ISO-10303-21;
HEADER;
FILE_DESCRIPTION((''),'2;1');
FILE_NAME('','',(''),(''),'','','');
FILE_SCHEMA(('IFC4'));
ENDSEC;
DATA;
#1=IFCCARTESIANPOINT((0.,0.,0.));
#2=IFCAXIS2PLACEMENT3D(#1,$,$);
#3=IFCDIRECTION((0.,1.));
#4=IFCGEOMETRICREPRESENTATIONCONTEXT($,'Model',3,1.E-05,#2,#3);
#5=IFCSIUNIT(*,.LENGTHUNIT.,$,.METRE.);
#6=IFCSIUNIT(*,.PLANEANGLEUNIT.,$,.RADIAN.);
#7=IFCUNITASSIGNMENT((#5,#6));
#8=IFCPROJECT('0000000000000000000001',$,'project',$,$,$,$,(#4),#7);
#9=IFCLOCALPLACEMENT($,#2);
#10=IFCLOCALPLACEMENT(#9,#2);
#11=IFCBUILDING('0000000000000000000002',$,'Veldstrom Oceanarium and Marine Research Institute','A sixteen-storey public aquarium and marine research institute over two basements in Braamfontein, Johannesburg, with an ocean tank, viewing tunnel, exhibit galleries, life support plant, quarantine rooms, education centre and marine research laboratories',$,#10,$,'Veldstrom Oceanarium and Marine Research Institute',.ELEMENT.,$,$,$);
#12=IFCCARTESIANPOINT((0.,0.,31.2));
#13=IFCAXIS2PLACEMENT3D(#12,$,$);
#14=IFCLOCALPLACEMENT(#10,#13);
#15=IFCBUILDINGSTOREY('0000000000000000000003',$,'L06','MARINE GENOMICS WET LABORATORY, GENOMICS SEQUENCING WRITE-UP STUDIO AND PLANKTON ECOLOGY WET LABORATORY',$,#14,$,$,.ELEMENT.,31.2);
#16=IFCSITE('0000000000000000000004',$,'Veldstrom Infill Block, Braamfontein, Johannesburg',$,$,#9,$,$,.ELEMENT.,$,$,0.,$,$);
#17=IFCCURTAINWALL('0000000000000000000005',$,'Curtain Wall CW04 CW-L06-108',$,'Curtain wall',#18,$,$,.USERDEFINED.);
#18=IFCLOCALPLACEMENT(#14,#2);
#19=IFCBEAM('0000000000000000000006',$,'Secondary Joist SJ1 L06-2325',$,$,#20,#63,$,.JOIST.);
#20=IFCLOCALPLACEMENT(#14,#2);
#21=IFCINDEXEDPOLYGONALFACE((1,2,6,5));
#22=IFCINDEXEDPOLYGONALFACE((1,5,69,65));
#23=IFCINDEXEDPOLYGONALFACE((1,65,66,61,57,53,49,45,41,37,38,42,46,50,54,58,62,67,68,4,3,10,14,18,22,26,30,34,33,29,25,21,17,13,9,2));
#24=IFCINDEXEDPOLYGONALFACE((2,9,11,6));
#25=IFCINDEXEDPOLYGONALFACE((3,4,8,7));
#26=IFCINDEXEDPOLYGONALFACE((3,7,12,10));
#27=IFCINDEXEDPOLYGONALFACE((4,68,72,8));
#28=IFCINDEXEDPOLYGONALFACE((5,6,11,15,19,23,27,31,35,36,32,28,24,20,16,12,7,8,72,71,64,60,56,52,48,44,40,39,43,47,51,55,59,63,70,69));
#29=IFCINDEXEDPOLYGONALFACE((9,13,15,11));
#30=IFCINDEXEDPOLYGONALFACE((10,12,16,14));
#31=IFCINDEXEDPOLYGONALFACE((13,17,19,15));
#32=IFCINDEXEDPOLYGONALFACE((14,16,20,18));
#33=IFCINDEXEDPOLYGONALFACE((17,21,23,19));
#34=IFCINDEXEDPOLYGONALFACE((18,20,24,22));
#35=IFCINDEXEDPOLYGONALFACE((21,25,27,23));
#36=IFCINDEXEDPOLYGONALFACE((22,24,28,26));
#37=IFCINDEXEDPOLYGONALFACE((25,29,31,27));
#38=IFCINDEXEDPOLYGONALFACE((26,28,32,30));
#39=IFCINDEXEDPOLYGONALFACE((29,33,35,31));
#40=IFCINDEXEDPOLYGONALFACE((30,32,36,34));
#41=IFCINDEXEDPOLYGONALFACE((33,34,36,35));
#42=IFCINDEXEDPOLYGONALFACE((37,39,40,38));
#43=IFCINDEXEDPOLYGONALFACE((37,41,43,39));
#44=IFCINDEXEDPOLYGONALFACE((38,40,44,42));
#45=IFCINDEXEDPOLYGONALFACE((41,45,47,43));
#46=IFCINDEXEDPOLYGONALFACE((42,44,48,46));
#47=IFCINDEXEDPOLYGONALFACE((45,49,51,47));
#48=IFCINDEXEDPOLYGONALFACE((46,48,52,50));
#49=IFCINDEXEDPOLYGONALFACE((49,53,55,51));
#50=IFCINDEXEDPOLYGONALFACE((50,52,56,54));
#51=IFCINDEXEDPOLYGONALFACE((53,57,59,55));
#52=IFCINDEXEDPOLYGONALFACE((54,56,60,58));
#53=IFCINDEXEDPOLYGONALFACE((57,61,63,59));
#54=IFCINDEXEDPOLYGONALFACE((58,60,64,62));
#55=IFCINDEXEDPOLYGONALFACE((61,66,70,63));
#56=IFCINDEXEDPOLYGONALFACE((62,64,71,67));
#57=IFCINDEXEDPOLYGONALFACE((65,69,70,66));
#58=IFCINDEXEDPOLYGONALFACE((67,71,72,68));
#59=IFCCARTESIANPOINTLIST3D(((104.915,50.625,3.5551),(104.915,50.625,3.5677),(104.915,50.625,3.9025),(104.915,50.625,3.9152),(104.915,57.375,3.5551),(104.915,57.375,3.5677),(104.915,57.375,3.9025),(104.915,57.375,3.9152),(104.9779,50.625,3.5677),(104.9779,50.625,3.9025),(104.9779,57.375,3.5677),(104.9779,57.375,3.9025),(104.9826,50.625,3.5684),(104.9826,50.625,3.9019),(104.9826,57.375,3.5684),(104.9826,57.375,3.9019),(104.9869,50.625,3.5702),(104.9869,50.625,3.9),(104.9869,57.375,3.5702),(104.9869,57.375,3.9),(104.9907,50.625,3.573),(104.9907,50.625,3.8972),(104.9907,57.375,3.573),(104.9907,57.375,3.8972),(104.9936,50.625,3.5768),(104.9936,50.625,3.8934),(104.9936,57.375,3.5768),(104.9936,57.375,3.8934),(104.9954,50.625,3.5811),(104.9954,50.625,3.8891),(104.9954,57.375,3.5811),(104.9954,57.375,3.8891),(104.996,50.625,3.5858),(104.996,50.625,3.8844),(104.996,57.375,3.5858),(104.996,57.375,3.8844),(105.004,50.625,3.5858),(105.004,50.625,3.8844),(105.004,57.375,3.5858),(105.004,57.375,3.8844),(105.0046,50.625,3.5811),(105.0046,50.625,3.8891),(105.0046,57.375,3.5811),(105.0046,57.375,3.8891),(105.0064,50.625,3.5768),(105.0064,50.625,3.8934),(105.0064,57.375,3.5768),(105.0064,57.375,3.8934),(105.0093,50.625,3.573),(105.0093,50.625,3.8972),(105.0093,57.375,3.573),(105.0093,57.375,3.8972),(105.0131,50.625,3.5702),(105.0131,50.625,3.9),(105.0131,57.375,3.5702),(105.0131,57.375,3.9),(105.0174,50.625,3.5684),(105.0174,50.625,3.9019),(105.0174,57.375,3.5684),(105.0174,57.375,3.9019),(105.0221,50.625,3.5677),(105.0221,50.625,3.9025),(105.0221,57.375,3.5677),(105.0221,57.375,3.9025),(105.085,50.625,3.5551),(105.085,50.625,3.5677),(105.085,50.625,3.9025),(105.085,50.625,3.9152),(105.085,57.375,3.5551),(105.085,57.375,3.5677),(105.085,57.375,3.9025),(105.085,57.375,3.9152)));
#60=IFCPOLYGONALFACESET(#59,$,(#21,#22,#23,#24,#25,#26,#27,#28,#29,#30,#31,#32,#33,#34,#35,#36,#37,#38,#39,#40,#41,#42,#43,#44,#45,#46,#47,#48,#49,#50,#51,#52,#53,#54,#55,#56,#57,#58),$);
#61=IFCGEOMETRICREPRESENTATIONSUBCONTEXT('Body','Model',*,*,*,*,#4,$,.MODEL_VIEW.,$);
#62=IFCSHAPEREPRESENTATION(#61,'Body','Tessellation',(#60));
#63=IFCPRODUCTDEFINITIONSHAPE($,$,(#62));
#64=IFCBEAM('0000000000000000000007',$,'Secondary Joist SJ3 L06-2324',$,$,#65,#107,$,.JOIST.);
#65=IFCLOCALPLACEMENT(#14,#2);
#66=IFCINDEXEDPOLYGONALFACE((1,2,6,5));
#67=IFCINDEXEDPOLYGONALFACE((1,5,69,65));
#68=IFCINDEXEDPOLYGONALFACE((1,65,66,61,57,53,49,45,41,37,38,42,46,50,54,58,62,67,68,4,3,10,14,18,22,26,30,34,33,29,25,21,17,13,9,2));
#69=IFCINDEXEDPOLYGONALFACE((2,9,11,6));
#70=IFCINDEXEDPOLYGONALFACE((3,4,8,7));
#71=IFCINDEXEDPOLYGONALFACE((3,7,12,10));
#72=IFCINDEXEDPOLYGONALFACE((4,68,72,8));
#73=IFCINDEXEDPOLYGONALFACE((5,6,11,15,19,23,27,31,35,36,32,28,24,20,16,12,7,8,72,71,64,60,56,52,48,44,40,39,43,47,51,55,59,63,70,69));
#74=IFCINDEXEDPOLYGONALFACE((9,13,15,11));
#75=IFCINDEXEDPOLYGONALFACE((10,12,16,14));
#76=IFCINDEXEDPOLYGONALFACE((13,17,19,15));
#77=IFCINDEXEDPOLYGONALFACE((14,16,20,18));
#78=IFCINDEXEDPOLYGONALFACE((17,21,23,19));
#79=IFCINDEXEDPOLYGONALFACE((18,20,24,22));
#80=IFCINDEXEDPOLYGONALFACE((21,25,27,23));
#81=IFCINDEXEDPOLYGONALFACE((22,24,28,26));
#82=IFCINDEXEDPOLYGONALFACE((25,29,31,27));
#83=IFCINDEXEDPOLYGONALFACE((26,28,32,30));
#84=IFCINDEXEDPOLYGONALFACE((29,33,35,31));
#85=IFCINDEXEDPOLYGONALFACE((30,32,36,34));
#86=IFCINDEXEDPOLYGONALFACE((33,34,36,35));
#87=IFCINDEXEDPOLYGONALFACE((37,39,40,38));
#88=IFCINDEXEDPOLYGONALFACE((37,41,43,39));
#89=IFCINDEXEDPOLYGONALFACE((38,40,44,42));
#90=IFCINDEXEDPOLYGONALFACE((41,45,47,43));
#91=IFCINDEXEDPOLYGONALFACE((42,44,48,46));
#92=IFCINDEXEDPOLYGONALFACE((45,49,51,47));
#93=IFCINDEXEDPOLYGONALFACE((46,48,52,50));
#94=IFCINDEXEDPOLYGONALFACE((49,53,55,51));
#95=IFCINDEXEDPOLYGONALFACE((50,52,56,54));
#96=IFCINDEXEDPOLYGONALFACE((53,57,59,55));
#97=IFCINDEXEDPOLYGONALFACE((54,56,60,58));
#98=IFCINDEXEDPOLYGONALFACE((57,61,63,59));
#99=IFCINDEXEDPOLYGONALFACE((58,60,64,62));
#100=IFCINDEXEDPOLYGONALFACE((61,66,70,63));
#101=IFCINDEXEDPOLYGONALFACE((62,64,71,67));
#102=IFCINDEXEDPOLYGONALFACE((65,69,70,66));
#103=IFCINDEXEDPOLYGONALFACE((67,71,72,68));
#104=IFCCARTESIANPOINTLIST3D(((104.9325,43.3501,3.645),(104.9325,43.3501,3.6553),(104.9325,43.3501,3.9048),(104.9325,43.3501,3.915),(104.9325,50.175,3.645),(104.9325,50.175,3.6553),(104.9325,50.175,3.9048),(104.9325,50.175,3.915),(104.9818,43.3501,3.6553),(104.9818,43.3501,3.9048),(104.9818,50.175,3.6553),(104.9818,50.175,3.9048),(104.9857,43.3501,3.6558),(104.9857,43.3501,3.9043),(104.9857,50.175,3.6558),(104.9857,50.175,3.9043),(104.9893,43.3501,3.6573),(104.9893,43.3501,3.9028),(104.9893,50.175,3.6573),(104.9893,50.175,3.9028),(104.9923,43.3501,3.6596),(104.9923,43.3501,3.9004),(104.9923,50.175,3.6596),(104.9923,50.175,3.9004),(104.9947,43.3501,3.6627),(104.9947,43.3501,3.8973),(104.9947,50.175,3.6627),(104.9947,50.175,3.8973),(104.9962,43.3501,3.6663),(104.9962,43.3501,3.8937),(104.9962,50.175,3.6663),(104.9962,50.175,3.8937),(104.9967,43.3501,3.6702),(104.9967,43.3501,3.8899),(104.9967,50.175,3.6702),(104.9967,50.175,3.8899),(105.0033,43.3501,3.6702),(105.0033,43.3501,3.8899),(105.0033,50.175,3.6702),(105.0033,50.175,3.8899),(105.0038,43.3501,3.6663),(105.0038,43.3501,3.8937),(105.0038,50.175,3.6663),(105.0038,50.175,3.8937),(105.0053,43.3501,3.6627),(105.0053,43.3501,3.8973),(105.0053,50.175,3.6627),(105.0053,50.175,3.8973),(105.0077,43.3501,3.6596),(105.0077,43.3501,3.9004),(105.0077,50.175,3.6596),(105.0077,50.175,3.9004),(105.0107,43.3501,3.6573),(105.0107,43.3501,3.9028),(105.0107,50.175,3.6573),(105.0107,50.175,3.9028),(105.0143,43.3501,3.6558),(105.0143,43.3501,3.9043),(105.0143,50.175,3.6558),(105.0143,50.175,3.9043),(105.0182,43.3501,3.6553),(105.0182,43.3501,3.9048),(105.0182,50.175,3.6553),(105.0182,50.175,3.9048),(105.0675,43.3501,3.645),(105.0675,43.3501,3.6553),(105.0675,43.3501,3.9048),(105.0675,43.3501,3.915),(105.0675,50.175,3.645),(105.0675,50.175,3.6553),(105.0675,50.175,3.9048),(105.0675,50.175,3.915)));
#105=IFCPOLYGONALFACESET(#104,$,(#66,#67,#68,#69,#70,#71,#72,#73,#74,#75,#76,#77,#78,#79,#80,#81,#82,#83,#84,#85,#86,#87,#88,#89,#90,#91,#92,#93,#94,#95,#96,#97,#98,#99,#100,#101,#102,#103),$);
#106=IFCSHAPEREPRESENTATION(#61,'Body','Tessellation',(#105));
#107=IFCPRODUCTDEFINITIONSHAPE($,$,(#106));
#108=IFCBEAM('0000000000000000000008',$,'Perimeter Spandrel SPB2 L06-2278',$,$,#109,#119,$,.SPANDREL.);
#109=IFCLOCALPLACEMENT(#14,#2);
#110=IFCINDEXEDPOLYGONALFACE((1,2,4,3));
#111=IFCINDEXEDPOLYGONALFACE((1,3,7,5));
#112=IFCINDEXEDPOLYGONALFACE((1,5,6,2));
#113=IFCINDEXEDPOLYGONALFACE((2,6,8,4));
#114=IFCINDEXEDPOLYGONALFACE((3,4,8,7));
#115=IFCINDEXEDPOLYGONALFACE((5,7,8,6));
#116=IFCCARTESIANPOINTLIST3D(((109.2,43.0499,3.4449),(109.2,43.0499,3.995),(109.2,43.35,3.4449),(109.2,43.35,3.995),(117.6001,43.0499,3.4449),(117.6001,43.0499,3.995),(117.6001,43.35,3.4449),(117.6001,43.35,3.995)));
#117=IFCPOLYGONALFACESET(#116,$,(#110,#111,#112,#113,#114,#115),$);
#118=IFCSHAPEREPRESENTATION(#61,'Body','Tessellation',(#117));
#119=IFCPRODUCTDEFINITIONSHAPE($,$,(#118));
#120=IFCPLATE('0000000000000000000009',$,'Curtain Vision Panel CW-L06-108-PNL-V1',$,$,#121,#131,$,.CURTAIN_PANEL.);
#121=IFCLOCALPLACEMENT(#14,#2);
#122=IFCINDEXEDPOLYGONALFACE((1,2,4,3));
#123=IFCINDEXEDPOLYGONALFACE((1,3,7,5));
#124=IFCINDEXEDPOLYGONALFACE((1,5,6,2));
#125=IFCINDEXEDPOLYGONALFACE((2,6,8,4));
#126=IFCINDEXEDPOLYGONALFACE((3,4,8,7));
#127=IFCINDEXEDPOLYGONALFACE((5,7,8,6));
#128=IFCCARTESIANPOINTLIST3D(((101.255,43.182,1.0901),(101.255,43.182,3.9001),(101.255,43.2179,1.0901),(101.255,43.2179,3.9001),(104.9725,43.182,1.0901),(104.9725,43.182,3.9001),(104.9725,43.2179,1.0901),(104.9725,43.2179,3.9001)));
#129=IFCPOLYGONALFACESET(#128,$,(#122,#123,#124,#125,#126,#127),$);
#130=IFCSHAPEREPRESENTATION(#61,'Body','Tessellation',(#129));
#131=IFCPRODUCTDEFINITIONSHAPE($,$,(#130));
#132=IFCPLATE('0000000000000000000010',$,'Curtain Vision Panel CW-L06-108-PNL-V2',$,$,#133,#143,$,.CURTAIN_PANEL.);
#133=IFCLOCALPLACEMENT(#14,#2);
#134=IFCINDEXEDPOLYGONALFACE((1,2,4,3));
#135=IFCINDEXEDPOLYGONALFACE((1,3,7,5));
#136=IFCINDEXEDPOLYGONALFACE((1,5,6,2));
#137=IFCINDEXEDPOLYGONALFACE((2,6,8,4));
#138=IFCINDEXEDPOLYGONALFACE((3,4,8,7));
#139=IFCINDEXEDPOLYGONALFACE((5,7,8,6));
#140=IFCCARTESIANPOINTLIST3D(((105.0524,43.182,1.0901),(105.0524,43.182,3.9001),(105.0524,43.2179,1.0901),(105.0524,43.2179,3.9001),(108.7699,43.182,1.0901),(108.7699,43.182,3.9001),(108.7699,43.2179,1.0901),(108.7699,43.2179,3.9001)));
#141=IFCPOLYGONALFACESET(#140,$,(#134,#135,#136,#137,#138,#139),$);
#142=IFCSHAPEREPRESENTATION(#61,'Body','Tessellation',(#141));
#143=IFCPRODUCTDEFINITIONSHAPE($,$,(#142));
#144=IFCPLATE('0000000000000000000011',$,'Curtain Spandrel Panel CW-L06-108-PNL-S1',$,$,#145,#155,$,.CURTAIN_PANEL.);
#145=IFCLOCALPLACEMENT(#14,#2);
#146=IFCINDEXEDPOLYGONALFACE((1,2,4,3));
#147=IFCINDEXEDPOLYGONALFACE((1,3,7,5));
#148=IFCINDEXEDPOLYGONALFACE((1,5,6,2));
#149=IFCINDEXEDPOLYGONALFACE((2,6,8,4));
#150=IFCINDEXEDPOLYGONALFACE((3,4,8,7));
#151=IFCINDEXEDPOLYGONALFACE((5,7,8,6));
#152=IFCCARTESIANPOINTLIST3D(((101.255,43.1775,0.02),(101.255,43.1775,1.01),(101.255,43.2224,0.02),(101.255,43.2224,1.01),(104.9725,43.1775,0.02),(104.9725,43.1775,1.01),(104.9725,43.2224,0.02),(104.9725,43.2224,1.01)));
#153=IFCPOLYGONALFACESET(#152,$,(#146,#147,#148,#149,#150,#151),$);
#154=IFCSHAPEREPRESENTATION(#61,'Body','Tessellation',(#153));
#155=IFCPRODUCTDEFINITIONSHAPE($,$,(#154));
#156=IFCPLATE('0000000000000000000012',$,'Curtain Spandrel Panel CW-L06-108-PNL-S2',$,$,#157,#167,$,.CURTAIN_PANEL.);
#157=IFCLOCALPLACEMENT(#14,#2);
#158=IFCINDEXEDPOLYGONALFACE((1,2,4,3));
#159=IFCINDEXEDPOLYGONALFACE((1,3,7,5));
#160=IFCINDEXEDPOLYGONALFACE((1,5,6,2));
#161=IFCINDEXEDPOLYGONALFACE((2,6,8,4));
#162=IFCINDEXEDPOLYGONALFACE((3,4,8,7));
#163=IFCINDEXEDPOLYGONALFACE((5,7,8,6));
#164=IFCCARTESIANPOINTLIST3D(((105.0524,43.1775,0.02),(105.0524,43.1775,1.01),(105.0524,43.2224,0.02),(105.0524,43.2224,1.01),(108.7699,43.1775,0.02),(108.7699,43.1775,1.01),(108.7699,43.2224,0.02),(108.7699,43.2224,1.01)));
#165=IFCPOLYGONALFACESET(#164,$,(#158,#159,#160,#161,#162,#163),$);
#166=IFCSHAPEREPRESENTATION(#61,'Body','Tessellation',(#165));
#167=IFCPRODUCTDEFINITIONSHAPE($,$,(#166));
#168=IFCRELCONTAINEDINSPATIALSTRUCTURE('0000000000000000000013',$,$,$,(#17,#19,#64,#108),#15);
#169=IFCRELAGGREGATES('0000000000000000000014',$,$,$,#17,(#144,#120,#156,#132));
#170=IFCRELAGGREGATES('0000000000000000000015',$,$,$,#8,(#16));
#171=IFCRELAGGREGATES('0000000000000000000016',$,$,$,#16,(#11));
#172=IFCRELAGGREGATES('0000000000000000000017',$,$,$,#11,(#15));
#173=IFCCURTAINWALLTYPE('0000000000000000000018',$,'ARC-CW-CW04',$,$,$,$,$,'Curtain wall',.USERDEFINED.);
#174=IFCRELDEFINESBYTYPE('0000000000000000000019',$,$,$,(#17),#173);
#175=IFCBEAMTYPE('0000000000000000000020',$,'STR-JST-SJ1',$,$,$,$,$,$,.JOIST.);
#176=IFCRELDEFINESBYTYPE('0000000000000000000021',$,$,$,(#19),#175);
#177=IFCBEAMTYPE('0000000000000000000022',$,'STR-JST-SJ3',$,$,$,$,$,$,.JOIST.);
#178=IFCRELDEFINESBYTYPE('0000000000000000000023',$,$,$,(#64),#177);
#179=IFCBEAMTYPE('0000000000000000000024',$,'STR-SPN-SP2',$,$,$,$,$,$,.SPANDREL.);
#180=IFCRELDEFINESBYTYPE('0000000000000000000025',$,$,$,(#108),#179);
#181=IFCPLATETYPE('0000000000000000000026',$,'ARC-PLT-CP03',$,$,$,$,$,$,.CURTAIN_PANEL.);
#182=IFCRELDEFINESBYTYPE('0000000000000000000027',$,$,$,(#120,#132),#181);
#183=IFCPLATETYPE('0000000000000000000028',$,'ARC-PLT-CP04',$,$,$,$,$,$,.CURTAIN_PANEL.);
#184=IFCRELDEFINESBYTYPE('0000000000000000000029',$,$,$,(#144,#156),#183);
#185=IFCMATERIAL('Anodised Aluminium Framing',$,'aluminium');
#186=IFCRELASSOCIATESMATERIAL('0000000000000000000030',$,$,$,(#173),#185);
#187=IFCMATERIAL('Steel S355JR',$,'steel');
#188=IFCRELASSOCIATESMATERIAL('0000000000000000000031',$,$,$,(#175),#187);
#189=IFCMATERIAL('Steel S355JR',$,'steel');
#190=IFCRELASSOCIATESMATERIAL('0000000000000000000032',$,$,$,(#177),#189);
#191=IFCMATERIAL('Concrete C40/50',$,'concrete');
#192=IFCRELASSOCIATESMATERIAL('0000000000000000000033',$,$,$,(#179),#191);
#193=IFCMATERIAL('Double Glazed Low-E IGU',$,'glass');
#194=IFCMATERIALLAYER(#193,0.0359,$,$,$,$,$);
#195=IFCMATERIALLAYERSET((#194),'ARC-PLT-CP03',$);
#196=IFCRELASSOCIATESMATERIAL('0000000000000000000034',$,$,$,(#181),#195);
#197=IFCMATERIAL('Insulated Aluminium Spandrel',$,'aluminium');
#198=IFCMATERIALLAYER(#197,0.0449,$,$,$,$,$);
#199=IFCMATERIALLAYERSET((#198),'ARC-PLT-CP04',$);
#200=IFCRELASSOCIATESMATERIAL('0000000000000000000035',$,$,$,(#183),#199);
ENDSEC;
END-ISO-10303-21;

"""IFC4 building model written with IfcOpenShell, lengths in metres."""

from ifc_helpers import new_model, si_unit, direction, frame, origin, origin_2d, place, context, subcontext, project, spatial, rectangle, i_section, extrude, material, layer, layer_set, material_profile, profile_set, type_object, element, aggregate, save


model = new_model("IFC4")

# Units and contexts
model_context = context("Model", 3, precision=1e-05, world=origin(), true_north=direction((0.0, 1.0)))
body_context = subcontext(model_context, "Body", "Model", "MODEL_VIEW")
ifc_project = project(units=[si_unit("LENGTHUNIT", "METRE"), si_unit("PLANEANGLEUNIT", "RADIAN")], contexts=[model_context])

# Site, building, storey
site_placement = place(None, origin())
site = spatial("IfcSite", under=ifc_project, at=site_placement, Name="Veldstrom Infill Block, Braamfontein, Johannesburg", CompositionType="ELEMENT", RefElevation=0.0)
building_placement = place(site_placement, origin())
building = spatial("IfcBuilding", under=site, at=building_placement, Name="Veldstrom Oceanarium and Marine Research Institute", Description="A sixteen-storey public aquarium and marine research institute over two basements in Braamfontein, Johannesburg, with an ocean tank, viewing tunnel, exhibit galleries, life support plant, quarantine rooms, education centre and marine research laboratories", LongName="Veldstrom Oceanarium and Marine Research Institute", CompositionType="ELEMENT")
storey_placement = place(building_placement, frame((0.0, 0.0, 31.2)))
storey = spatial("IfcBuildingStorey", under=building, at=storey_placement, Name="L06", Description="MARINE GENOMICS WET LABORATORY, GENOMICS SEQUENCING WRITE-UP STUDIO AND PLANKTON ECOLOGY WET LABORATORY", CompositionType="ELEMENT", Elevation=31.2)

# Curtain wall
ifc_material_1 = material(Name="Anodised Aluminium Framing", Category="aluminium")
curtain_wall_type = type_object("IfcCurtainWallType", Name="ARC-CW-CW04", ElementType="Curtain wall", PredefinedType="USERDEFINED", material=ifc_material_1)
curtain_wall_placement = place(storey_placement, origin())
curtain_wall = element("IfcCurtainWall", 1, at=curtain_wall_placement, inside=storey, type_object=curtain_wall_type, Name="Curtain Wall CW04 CW-L06-108", ObjectType="Curtain wall", PredefinedType="USERDEFINED")

# Beams
ifc_material_2 = material(Name="Steel S355JR", Category="steel")
ifc_material_profile_1 = material_profile(ifc_material_2, i_section(OverallWidth=0.1699, OverallDepth=0.3601, WebThickness=0.0081, FlangeThickness=0.0127, FilletRadius=0.0181, at=origin_2d()), Name="IPE 360")
ifc_profile_set_1 = profile_set([ifc_material_profile_1], Name="Steel S355JR")
beam_type_1 = type_object("IfcBeamType", Name="STR-JST-SJ1", PredefinedType="JOIST", material=ifc_profile_set_1)
beam_1_placement = place(storey_placement, frame((105.0, 50.625, 3.7351), z_axis=(0.0, 1.0, 0.0), x_axis=(-1.0, 0.0, 0.0)))
element("IfcBeam", 2, at=beam_1_placement, inside=storey, type_object=beam_type_1, Name="Secondary Joist SJ1 L06-2325", PredefinedType="JOIST", context=body_context, shape_type="SweptSolid", body=[
    extrude(i_section(OverallWidth=0.1699, OverallDepth=0.3601, WebThickness=0.0081, FlangeThickness=0.0127, FilletRadius=0.0181, at=origin_2d()), origin(), (0.0, 0.0, 1.0), 6.75),
])
ifc_material_3 = material(Name="Steel S355JR", Category="steel")
ifc_material_profile_2 = material_profile(ifc_material_3, i_section(OverallWidth=0.135, OverallDepth=0.27, WebThickness=0.0066, FlangeThickness=0.0103, FilletRadius=0.0149, at=origin_2d()), Name="IPE 270")
ifc_profile_set_2 = profile_set([ifc_material_profile_2], Name="Steel S355JR")
beam_type_2 = type_object("IfcBeamType", Name="STR-JST-SJ3", PredefinedType="JOIST", material=ifc_profile_set_2)
beam_2_placement = place(storey_placement, frame((105.0, 43.3501, 3.78), z_axis=(0.0, 1.0, 0.0), x_axis=(-1.0, 0.0, 0.0)))
element("IfcBeam", 3, at=beam_2_placement, inside=storey, type_object=beam_type_2, Name="Secondary Joist SJ3 L06-2324", PredefinedType="JOIST", context=body_context, shape_type="SweptSolid", body=[
    extrude(i_section(OverallWidth=0.135, OverallDepth=0.27, WebThickness=0.0066, FlangeThickness=0.0103, FilletRadius=0.0149, at=origin_2d()), origin(), (0.0, 0.0, 1.0), 6.825),
])
ifc_material_4 = material(Name="Concrete C40/50", Category="concrete")
ifc_material_profile_3 = material_profile(ifc_material_4, rectangle(XDim=0.3, YDim=0.55, at=origin_2d()), Name="RC-SPN-300x550")
ifc_profile_set_3 = profile_set([ifc_material_profile_3], Name="Concrete C40/50")
beam_type_3 = type_object("IfcBeamType", Name="STR-SPN-SP2", PredefinedType="SPANDREL", material=ifc_profile_set_3)
beam_3_placement = place(storey_placement, frame((109.2, 43.2, 3.72), z_axis=(1.0, 0.0, 0.0), x_axis=(0.0, 1.0, 0.0)))
element("IfcBeam", 4, at=beam_3_placement, inside=storey, type_object=beam_type_3, Name="Perimeter Spandrel SPB2 L06-2278", PredefinedType="SPANDREL", context=body_context, shape_type="SweptSolid", body=[
    extrude(rectangle(XDim=0.3, YDim=0.55, at=origin_2d()), origin(), (0.0, 0.0, 1.0), 8.4001),
])

# Plates
ifc_material_5 = material(Name="Double Glazed Low-E IGU", Category="glass")
ifc_layer_1 = layer(ifc_material_5, 0.0359)
ifc_layer_set_1 = layer_set([ifc_layer_1], Name="ARC-PLT-CP03")
plate_type_1 = type_object("IfcPlateType", Name="ARC-PLT-CP03", PredefinedType="CURTAIN_PANEL", material=ifc_layer_set_1)
plate_1_placement = place(storey_placement, frame((103.1138, 43.2, 1.0901), z_axis=(0.0, 0.0, 1.0), x_axis=(1.0, 0.0, 0.0)))
plate_1 = element("IfcPlate", 5, at=plate_1_placement, type_object=plate_type_1, Name="Curtain Vision Panel CW-L06-108-PNL-V1", PredefinedType="CURTAIN_PANEL", context=body_context, shape_type="SweptSolid", body=[
    extrude(rectangle(XDim=3.7175, YDim=0.0359, at=origin_2d()), origin(), (0.0, 0.0, 1.0), 2.8101),
])
plate_2_placement = place(storey_placement, frame((106.9111, 43.2, 1.0901), z_axis=(0.0, 0.0, 1.0), x_axis=(1.0, 0.0, 0.0)))
plate_2 = element("IfcPlate", 6, at=plate_2_placement, type_object=plate_type_1, Name="Curtain Vision Panel CW-L06-108-PNL-V2", PredefinedType="CURTAIN_PANEL", context=body_context, shape_type="SweptSolid", body=[
    extrude(rectangle(XDim=3.7175, YDim=0.0359, at=origin_2d()), origin(), (0.0, 0.0, 1.0), 2.8101),
])
ifc_material_6 = material(Name="Insulated Aluminium Spandrel", Category="aluminium")
ifc_layer_2 = layer(ifc_material_6, 0.0449)
ifc_layer_set_2 = layer_set([ifc_layer_2], Name="ARC-PLT-CP04")
plate_type_2 = type_object("IfcPlateType", Name="ARC-PLT-CP04", PredefinedType="CURTAIN_PANEL", material=ifc_layer_set_2)
plate_3_placement = place(storey_placement, frame((103.1138, 43.2, 0.02), z_axis=(0.0, 0.0, 1.0), x_axis=(1.0, 0.0, 0.0)))
plate_3 = element("IfcPlate", 7, at=plate_3_placement, type_object=plate_type_2, Name="Curtain Spandrel Panel CW-L06-108-PNL-S1", PredefinedType="CURTAIN_PANEL", context=body_context, shape_type="SweptSolid", body=[
    extrude(rectangle(XDim=3.7175, YDim=0.0449, at=origin_2d()), origin(), (0.0, 0.0, 1.0), 0.99),
])
plate_4_placement = place(storey_placement, frame((106.9111, 43.2, 0.02), z_axis=(0.0, 0.0, 1.0), x_axis=(1.0, 0.0, 0.0)))
plate_4 = element("IfcPlate", 8, at=plate_4_placement, type_object=plate_type_2, Name="Curtain Spandrel Panel CW-L06-108-PNL-S2", PredefinedType="CURTAIN_PANEL", context=body_context, shape_type="SweptSolid", body=[
    extrude(rectangle(XDim=3.7175, YDim=0.0449, at=origin_2d()), origin(), (0.0, 0.0, 1.0), 0.99),
])
aggregate(curtain_wall, [plate_3, plate_1, plate_4, plate_2])

save(model, "model.ifc")
